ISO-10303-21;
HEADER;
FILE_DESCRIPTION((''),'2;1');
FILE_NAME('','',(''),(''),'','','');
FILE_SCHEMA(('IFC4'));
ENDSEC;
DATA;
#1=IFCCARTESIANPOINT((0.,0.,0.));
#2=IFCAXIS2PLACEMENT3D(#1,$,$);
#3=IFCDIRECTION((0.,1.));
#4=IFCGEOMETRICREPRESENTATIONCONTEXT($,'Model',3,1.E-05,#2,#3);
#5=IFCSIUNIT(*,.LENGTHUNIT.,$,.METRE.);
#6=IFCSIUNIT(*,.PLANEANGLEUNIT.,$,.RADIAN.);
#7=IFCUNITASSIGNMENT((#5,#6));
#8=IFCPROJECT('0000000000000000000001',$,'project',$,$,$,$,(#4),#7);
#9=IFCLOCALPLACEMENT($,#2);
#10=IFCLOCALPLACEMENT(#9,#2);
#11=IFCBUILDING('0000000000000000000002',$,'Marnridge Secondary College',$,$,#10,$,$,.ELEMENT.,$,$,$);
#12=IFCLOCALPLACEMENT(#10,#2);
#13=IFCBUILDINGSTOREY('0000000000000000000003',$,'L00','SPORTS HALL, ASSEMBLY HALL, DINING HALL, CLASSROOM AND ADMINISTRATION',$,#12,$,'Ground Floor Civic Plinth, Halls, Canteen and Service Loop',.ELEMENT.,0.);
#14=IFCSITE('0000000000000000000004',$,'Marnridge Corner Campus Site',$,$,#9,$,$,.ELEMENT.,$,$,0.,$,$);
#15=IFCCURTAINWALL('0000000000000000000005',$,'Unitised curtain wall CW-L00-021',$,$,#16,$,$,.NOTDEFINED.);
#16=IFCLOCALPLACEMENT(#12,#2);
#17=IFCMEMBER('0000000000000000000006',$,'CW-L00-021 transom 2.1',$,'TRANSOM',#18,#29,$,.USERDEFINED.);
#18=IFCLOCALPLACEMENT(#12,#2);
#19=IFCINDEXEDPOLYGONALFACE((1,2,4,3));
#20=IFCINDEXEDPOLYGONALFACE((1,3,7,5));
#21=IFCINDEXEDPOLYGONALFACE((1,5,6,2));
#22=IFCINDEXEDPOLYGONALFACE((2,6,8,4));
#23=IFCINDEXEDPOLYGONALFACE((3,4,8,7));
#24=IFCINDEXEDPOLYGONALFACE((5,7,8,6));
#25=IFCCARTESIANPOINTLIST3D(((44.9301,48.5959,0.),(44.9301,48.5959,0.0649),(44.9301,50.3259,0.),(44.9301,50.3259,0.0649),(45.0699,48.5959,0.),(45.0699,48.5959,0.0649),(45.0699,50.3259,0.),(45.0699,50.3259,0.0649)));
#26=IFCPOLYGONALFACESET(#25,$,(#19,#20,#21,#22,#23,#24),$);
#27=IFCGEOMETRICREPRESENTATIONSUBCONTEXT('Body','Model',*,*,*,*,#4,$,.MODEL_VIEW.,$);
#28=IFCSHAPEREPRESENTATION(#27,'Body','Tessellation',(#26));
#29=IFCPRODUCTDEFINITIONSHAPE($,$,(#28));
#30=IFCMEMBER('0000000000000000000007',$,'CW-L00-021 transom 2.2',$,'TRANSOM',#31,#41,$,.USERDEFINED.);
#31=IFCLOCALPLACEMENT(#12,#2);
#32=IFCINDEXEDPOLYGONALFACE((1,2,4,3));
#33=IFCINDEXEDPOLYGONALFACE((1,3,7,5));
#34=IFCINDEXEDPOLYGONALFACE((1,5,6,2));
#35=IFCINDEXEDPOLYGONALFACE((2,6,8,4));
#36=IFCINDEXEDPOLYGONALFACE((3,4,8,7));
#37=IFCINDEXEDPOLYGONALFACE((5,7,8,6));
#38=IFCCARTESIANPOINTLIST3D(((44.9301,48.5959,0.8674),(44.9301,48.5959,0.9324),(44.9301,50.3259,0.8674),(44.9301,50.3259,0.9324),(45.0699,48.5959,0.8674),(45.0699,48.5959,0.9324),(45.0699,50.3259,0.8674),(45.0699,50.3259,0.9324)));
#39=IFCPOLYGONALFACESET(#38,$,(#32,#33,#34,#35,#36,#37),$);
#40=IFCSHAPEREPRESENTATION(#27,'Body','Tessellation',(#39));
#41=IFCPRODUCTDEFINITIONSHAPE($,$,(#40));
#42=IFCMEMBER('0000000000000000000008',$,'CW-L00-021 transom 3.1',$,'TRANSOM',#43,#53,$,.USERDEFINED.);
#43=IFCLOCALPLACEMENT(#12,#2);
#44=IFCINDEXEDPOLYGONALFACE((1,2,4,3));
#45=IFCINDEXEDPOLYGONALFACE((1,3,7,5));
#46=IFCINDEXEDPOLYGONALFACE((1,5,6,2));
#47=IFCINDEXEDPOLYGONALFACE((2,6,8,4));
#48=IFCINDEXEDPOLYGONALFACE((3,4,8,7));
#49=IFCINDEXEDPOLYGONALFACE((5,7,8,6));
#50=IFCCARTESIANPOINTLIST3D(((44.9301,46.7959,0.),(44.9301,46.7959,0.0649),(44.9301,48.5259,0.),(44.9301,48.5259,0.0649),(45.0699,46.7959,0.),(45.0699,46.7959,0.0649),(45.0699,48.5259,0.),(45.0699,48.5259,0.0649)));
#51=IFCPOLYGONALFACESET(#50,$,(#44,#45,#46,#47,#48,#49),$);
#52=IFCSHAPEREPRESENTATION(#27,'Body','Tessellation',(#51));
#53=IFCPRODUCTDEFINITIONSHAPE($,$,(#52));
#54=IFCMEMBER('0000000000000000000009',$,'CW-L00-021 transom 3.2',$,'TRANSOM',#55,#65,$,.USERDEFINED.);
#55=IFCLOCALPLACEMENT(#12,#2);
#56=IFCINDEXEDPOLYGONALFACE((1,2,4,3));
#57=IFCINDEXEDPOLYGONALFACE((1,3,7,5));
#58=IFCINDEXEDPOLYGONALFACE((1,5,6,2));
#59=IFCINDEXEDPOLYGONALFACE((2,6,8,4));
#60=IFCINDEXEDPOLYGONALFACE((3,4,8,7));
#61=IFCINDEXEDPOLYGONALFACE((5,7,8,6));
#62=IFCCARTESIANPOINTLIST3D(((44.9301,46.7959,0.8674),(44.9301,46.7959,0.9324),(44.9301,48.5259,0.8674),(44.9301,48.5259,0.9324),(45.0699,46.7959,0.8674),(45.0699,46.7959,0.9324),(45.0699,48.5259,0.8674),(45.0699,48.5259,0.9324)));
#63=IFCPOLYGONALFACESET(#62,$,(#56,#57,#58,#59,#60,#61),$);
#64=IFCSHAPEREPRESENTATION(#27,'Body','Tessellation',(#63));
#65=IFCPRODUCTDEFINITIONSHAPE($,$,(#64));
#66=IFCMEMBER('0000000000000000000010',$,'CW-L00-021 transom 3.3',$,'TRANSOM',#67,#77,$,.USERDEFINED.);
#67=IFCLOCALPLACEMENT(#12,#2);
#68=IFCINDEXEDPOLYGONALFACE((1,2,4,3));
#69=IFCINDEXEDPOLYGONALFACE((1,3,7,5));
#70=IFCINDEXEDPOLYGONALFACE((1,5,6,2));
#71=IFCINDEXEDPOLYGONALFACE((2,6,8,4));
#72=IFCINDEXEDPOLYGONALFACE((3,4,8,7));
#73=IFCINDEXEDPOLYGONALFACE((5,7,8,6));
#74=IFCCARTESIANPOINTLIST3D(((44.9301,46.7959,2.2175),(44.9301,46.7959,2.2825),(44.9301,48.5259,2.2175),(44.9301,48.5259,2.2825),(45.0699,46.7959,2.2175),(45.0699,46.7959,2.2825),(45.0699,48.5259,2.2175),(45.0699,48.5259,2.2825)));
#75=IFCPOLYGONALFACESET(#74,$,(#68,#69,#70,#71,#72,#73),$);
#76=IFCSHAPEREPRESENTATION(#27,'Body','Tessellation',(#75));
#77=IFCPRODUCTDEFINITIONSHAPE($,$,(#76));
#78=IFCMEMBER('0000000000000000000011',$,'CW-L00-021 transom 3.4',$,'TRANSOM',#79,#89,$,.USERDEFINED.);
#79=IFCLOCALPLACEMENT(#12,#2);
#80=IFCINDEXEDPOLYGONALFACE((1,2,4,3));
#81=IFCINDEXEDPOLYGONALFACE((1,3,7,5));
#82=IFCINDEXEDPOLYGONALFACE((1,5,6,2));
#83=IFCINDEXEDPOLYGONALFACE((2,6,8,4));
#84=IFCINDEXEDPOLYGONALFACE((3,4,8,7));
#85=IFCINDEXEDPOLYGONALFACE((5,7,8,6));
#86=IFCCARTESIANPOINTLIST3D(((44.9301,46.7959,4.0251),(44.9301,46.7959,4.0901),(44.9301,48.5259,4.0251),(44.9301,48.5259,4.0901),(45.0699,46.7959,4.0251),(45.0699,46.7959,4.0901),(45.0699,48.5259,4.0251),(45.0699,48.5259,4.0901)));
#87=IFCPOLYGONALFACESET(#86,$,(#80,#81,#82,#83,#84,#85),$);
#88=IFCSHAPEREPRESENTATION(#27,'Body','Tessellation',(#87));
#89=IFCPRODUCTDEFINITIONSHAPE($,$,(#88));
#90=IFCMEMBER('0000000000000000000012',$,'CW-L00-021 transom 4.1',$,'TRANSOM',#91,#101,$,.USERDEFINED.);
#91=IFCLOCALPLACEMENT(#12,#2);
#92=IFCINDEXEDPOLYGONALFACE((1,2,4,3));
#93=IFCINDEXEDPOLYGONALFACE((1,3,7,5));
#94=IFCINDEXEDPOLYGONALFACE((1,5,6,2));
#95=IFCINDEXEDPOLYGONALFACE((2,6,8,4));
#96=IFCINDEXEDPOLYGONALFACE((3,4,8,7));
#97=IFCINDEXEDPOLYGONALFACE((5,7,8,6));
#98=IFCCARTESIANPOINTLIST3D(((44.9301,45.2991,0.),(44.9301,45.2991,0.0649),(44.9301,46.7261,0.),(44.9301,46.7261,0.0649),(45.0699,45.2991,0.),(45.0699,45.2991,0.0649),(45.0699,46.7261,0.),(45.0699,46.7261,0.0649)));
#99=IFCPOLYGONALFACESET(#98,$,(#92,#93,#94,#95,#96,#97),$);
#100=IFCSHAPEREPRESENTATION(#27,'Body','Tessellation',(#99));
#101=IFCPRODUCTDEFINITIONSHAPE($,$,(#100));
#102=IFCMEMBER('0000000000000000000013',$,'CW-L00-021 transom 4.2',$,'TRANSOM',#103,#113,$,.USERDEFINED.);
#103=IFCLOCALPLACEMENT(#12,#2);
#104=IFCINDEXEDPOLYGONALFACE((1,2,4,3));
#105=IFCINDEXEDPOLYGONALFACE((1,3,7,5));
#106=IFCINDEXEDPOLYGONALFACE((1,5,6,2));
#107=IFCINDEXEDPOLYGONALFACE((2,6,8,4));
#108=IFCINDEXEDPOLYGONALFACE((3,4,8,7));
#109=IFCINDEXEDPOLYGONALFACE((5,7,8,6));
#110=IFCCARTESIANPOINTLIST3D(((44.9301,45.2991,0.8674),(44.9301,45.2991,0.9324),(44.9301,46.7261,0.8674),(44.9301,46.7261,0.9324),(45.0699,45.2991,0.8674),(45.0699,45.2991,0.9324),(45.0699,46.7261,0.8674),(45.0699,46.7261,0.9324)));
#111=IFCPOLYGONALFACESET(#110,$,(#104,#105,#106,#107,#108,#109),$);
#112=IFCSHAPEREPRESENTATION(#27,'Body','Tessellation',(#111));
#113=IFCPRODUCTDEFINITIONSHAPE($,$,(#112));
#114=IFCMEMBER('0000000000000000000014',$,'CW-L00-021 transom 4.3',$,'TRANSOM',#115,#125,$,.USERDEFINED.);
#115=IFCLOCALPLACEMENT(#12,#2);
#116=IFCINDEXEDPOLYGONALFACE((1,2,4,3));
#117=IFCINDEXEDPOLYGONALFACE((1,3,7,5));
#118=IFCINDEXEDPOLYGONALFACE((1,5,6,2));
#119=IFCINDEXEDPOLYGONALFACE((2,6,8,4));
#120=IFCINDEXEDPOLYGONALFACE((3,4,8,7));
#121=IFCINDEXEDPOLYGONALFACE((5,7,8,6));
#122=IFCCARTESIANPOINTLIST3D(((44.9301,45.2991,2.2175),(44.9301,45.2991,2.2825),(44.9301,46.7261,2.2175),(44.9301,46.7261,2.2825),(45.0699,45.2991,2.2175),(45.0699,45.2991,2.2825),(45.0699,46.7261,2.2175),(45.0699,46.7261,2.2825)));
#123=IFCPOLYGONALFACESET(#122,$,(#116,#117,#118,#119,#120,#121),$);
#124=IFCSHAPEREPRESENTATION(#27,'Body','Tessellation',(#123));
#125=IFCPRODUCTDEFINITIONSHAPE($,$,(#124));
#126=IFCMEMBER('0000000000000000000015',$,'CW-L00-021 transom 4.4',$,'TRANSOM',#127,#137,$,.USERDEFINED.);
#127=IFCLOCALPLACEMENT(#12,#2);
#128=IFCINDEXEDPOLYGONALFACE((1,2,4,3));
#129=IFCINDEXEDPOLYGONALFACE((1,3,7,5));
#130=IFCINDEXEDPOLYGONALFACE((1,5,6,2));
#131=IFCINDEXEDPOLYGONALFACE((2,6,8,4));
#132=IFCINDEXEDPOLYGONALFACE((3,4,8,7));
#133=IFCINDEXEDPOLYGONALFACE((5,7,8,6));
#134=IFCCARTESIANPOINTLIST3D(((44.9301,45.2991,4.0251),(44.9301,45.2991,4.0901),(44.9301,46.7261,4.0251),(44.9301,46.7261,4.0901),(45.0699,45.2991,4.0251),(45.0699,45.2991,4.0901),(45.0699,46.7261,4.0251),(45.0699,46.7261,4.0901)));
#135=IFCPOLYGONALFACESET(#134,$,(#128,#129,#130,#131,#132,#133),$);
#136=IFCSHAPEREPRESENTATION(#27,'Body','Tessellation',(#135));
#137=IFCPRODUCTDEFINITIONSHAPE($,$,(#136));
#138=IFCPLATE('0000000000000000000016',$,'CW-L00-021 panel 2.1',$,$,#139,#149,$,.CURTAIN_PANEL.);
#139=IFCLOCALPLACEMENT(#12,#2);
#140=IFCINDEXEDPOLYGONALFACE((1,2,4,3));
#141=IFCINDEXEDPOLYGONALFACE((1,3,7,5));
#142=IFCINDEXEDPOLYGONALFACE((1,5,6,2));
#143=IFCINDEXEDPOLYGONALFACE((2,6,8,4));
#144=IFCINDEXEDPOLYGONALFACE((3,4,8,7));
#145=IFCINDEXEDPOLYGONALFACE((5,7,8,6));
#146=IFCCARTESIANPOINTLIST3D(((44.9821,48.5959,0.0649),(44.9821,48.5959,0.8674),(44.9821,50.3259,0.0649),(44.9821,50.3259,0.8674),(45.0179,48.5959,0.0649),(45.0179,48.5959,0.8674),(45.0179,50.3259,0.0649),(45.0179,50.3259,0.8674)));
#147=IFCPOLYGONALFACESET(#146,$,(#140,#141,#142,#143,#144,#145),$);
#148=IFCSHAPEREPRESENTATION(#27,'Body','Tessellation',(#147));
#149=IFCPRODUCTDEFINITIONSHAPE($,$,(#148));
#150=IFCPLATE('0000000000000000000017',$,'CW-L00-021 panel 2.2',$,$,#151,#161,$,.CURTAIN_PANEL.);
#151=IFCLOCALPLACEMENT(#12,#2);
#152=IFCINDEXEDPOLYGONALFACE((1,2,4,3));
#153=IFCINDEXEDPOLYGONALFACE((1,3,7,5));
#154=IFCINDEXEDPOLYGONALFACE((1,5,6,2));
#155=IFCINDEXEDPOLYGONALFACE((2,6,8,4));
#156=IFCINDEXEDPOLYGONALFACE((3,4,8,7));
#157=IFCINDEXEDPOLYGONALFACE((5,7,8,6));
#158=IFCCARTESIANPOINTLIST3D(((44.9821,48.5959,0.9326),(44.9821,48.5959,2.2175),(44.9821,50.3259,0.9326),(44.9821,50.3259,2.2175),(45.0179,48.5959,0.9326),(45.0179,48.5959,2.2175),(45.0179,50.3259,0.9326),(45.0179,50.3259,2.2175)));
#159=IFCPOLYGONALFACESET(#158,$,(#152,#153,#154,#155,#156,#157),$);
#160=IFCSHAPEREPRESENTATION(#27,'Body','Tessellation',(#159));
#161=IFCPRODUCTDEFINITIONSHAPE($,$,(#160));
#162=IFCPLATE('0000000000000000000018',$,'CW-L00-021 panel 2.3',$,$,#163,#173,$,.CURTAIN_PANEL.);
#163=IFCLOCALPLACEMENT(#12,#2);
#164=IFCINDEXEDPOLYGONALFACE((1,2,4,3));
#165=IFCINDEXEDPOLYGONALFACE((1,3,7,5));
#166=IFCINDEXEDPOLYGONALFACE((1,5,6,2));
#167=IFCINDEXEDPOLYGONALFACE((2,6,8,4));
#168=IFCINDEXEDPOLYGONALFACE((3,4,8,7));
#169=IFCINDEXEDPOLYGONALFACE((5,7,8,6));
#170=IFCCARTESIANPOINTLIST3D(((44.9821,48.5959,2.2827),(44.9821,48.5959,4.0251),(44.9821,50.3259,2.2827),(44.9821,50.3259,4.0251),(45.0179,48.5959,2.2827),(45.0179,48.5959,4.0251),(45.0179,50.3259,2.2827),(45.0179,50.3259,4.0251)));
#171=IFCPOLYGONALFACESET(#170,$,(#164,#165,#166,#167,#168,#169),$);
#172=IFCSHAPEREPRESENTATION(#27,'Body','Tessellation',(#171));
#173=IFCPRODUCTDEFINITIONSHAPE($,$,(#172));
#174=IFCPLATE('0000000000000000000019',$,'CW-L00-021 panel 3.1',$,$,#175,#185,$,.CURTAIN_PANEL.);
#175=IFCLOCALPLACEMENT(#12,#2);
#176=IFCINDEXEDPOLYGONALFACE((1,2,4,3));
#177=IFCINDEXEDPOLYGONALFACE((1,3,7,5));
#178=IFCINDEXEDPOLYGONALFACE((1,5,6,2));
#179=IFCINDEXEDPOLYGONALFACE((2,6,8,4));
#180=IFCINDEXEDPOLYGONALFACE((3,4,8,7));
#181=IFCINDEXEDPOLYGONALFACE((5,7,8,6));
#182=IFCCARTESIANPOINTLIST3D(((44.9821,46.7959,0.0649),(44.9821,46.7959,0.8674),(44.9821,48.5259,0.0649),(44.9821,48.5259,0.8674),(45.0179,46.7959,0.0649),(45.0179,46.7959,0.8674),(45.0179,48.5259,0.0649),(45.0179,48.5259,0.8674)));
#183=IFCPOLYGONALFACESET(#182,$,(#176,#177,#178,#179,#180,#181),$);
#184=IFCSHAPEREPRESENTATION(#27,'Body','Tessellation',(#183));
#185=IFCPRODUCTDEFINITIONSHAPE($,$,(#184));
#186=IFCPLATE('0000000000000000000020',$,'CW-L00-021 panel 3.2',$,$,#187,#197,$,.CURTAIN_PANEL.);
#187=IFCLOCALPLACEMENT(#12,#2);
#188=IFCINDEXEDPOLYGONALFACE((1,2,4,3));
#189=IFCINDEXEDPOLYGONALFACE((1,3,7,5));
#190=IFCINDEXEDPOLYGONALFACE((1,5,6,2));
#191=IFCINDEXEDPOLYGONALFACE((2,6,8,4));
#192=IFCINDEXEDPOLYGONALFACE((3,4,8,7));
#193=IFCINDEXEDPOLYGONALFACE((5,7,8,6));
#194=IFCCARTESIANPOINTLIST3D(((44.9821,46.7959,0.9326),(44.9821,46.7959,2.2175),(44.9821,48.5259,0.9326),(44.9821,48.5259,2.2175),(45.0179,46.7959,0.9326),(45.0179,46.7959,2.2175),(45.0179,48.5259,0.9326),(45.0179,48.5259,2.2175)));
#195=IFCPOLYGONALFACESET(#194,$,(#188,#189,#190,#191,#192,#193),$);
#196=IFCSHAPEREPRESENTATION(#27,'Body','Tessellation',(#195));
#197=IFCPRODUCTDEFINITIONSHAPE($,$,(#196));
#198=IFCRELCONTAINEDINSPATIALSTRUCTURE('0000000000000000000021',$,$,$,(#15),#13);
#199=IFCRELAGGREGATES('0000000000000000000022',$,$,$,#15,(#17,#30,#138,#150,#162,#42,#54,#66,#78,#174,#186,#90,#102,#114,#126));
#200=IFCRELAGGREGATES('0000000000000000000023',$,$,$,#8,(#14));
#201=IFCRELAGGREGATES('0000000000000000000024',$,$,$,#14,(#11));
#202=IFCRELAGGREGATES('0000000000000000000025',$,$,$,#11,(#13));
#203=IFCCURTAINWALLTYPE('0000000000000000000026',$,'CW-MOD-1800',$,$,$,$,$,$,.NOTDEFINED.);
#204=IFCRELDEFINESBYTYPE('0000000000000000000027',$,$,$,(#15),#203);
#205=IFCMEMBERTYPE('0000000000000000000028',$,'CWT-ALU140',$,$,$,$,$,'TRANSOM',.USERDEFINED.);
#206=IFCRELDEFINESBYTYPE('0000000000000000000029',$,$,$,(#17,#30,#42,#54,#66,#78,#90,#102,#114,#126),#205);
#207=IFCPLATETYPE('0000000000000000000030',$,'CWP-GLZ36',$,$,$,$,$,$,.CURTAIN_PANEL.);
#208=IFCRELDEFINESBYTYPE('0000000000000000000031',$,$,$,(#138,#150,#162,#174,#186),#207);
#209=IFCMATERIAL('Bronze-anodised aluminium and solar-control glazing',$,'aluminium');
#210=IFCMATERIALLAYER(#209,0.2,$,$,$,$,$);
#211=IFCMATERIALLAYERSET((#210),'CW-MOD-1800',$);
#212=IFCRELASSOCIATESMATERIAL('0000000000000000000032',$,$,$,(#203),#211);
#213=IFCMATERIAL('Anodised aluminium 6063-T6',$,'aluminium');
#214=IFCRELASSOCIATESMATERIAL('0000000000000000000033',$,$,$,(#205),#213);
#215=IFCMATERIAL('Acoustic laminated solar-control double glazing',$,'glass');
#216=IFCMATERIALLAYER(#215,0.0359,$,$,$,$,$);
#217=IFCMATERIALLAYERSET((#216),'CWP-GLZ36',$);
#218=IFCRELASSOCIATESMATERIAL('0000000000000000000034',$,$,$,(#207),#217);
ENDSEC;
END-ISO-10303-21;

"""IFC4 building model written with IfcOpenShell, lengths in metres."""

from ifc_helpers import new_model, si_unit, direction, frame, origin, origin_2d, place, context, subcontext, project, spatial, rectangle, extrude, material, layer, layer_set, material_profile, profile_set, type_object, element, aggregate, save


model = new_model("IFC4")

# Units and contexts
model_context = context("Model", 3, precision=1e-05, world=origin(), true_north=direction((0.0, 1.0)))
body_context = subcontext(model_context, "Body", "Model", "MODEL_VIEW")
ifc_project = project(units=[si_unit("LENGTHUNIT", "METRE"), si_unit("PLANEANGLEUNIT", "RADIAN")], contexts=[model_context])

# Site, building, storey
site_placement = place(None, origin())
site = spatial("IfcSite", under=ifc_project, at=site_placement, Name="Marnridge Corner Campus Site", CompositionType="ELEMENT", RefElevation=0.0)
building_placement = place(site_placement, origin())
building = spatial("IfcBuilding", under=site, at=building_placement, Name="Marnridge Secondary College", CompositionType="ELEMENT")
storey_placement = place(building_placement, origin())
storey = spatial("IfcBuildingStorey", under=building, at=storey_placement, Name="L00", Description="SPORTS HALL, ASSEMBLY HALL, DINING HALL, CLASSROOM AND ADMINISTRATION", LongName="Ground Floor Civic Plinth, Halls, Canteen and Service Loop", CompositionType="ELEMENT", Elevation=0.0)

# Curtain wall, members, plates
ifc_material_1 = material(Name="Bronze-anodised aluminium and solar-control glazing", Category="aluminium")
ifc_layer_1 = layer(ifc_material_1, 0.2)
ifc_layer_set_1 = layer_set([ifc_layer_1], Name="CW-MOD-1800")
curtain_wall_type = type_object("IfcCurtainWallType", Name="CW-MOD-1800", PredefinedType="NOTDEFINED", material=ifc_layer_set_1)
curtain_wall_placement = place(storey_placement, origin())
curtain_wall = element("IfcCurtainWall", 1, at=curtain_wall_placement, inside=storey, type_object=curtain_wall_type, Name="Unitised curtain wall CW-L00-021", PredefinedType="NOTDEFINED")
ifc_material_2 = material(Name="Anodised aluminium 6063-T6", Category="aluminium")
ifc_material_profile_1 = material_profile(ifc_material_2, rectangle(XDim=0.0649, YDim=0.1399, at=origin_2d()), Name="ALU 65x140")
ifc_profile_set_1 = profile_set([ifc_material_profile_1], Name="Anodised aluminium 6063-T6")
member_type_1 = type_object("IfcMemberType", Name="CWT-ALU140", ElementType="TRANSOM", PredefinedType="USERDEFINED", material=ifc_profile_set_1)
member_1_placement = place(storey_placement, frame((45.0, 50.3259, 0.0325), z_axis=(0.0, -1.0, 0.0), x_axis=(0.0, 0.0, 1.0)))
member_1 = element("IfcMember", 2, at=member_1_placement, type_object=member_type_1, Name="CW-L00-021 transom 2.1", ObjectType="TRANSOM", PredefinedType="USERDEFINED", context=body_context, shape_type="SweptSolid", body=[
    extrude(rectangle(XDim=0.0649, YDim=0.1399, at=origin_2d()), origin(), (0.0, 0.0, 1.0), 1.73),
])
member_2_placement = place(storey_placement, frame((45.0, 50.3259, 0.8999), z_axis=(0.0, -1.0, 0.0), x_axis=(0.0, 0.0, 1.0)))
member_2 = element("IfcMember", 3, at=member_2_placement, type_object=member_type_1, Name="CW-L00-021 transom 2.2", ObjectType="TRANSOM", PredefinedType="USERDEFINED", context=body_context, shape_type="SweptSolid", body=[
    extrude(rectangle(XDim=0.0649, YDim=0.1399, at=origin_2d()), origin(), (0.0, 0.0, 1.0), 1.73),
])
member_3_placement = place(storey_placement, frame((45.0, 48.5259, 0.0325), z_axis=(0.0, -1.0, 0.0), x_axis=(0.0, 0.0, 1.0)))
member_3 = element("IfcMember", 4, at=member_3_placement, type_object=member_type_1, Name="CW-L00-021 transom 3.1", ObjectType="TRANSOM", PredefinedType="USERDEFINED", context=body_context, shape_type="SweptSolid", body=[
    extrude(rectangle(XDim=0.0649, YDim=0.1399, at=origin_2d()), origin(), (0.0, 0.0, 1.0), 1.73),
])
member_4_placement = place(storey_placement, frame((45.0, 48.5259, 0.8999), z_axis=(0.0, -1.0, 0.0), x_axis=(0.0, 0.0, 1.0)))
member_4 = element("IfcMember", 5, at=member_4_placement, type_object=member_type_1, Name="CW-L00-021 transom 3.2", ObjectType="TRANSOM", PredefinedType="USERDEFINED", context=body_context, shape_type="SweptSolid", body=[
    extrude(rectangle(XDim=0.0649, YDim=0.1399, at=origin_2d()), origin(), (0.0, 0.0, 1.0), 1.73),
])
member_5_placement = place(storey_placement, frame((45.0, 48.5259, 2.25), z_axis=(0.0, -1.0, 0.0), x_axis=(0.0, 0.0, 1.0)))
member_5 = element("IfcMember", 6, at=member_5_placement, type_object=member_type_1, Name="CW-L00-021 transom 3.3", ObjectType="TRANSOM", PredefinedType="USERDEFINED", context=body_context, shape_type="SweptSolid", body=[
    extrude(rectangle(XDim=0.0649, YDim=0.1399, at=origin_2d()), origin(), (0.0, 0.0, 1.0), 1.73),
])
member_6_placement = place(storey_placement, frame((45.0, 48.5259, 4.0576), z_axis=(0.0, -1.0, 0.0), x_axis=(0.0, 0.0, 1.0)))
member_6 = element("IfcMember", 7, at=member_6_placement, type_object=member_type_1, Name="CW-L00-021 transom 3.4", ObjectType="TRANSOM", PredefinedType="USERDEFINED", context=body_context, shape_type="SweptSolid", body=[
    extrude(rectangle(XDim=0.0649, YDim=0.1399, at=origin_2d()), origin(), (0.0, 0.0, 1.0), 1.73),
])
member_7_placement = place(storey_placement, frame((45.0, 46.7261, 0.0325), z_axis=(0.0, -1.0, 0.0), x_axis=(0.0, 0.0, 1.0)))
member_7 = element("IfcMember", 8, at=member_7_placement, type_object=member_type_1, Name="CW-L00-021 transom 4.1", ObjectType="TRANSOM", PredefinedType="USERDEFINED", context=body_context, shape_type="SweptSolid", body=[
    extrude(rectangle(XDim=0.0649, YDim=0.1399, at=origin_2d()), origin(), (0.0, 0.0, 1.0), 1.427),
])
member_8_placement = place(storey_placement, frame((45.0, 46.7261, 0.8999), z_axis=(0.0, -1.0, 0.0), x_axis=(0.0, 0.0, 1.0)))
member_8 = element("IfcMember", 9, at=member_8_placement, type_object=member_type_1, Name="CW-L00-021 transom 4.2", ObjectType="TRANSOM", PredefinedType="USERDEFINED", context=body_context, shape_type="SweptSolid", body=[
    extrude(rectangle(XDim=0.0649, YDim=0.1399, at=origin_2d()), origin(), (0.0, 0.0, 1.0), 1.427),
])
member_9_placement = place(storey_placement, frame((45.0, 46.7261, 2.25), z_axis=(0.0, -1.0, 0.0), x_axis=(0.0, 0.0, 1.0)))
member_9 = element("IfcMember", 10, at=member_9_placement, type_object=member_type_1, Name="CW-L00-021 transom 4.3", ObjectType="TRANSOM", PredefinedType="USERDEFINED", context=body_context, shape_type="SweptSolid", body=[
    extrude(rectangle(XDim=0.0649, YDim=0.1399, at=origin_2d()), origin(), (0.0, 0.0, 1.0), 1.427),
])
member_10_placement = place(storey_placement, frame((45.0, 46.7261, 4.0576), z_axis=(0.0, -1.0, 0.0), x_axis=(0.0, 0.0, 1.0)))
member_10 = element("IfcMember", 11, at=member_10_placement, type_object=member_type_1, Name="CW-L00-021 transom 4.4", ObjectType="TRANSOM", PredefinedType="USERDEFINED", context=body_context, shape_type="SweptSolid", body=[
    extrude(rectangle(XDim=0.0649, YDim=0.1399, at=origin_2d()), origin(), (0.0, 0.0, 1.0), 1.427),
])
ifc_material_3 = material(Name="Acoustic laminated solar-control double glazing", Category="glass")
ifc_layer_2 = layer(ifc_material_3, 0.0359)
ifc_layer_set_2 = layer_set([ifc_layer_2], Name="CWP-GLZ36")
plate_type = type_object("IfcPlateType", Name="CWP-GLZ36", PredefinedType="CURTAIN_PANEL", material=ifc_layer_set_2)
plate_1_placement = place(storey_placement, frame((45.0, 49.4609, 0.0649), z_axis=(0.0, 0.0, 1.0), x_axis=(0.0, -1.0, 0.0)))
plate_1 = element("IfcPlate", 12, at=plate_1_placement, type_object=plate_type, Name="CW-L00-021 panel 2.1", PredefinedType="CURTAIN_PANEL", context=body_context, shape_type="SweptSolid", body=[
    extrude(rectangle(XDim=1.73, YDim=0.0359, at=origin_2d()), origin(), (0.0, 0.0, 1.0), 0.8025),
])
plate_2_placement = place(storey_placement, frame((45.0, 49.4609, 0.9326), z_axis=(0.0, 0.0, 1.0), x_axis=(0.0, -1.0, 0.0)))
plate_2 = element("IfcPlate", 13, at=plate_2_placement, type_object=plate_type, Name="CW-L00-021 panel 2.2", PredefinedType="CURTAIN_PANEL", context=body_context, shape_type="SweptSolid", body=[
    extrude(rectangle(XDim=1.73, YDim=0.0359, at=origin_2d()), origin(), (0.0, 0.0, 1.0), 1.2849),
])
plate_3_placement = place(storey_placement, frame((45.0, 49.4609, 2.2827), z_axis=(0.0, 0.0, 1.0), x_axis=(0.0, -1.0, 0.0)))
plate_3 = element("IfcPlate", 14, at=plate_3_placement, type_object=plate_type, Name="CW-L00-021 panel 2.3", PredefinedType="CURTAIN_PANEL", context=body_context, shape_type="SweptSolid", body=[
    extrude(rectangle(XDim=1.73, YDim=0.0359, at=origin_2d()), origin(), (0.0, 0.0, 1.0), 1.7424),
])
plate_4_placement = place(storey_placement, frame((45.0, 47.6609, 0.0649), z_axis=(0.0, 0.0, 1.0), x_axis=(0.0, -1.0, 0.0)))
plate_4 = element("IfcPlate", 15, at=plate_4_placement, type_object=plate_type, Name="CW-L00-021 panel 3.1", PredefinedType="CURTAIN_PANEL", context=body_context, shape_type="SweptSolid", body=[
    extrude(rectangle(XDim=1.73, YDim=0.0359, at=origin_2d()), origin(), (0.0, 0.0, 1.0), 0.8025),
])
plate_5_placement = place(storey_placement, frame((45.0, 47.6609, 0.9326), z_axis=(0.0, 0.0, 1.0), x_axis=(0.0, -1.0, 0.0)))
plate_5 = element("IfcPlate", 16, at=plate_5_placement, type_object=plate_type, Name="CW-L00-021 panel 3.2", PredefinedType="CURTAIN_PANEL", context=body_context, shape_type="SweptSolid", body=[
    extrude(rectangle(XDim=1.73, YDim=0.0359, at=origin_2d()), origin(), (0.0, 0.0, 1.0), 1.2849),
])
aggregate(curtain_wall, [member_1, member_2, plate_1, plate_2, plate_3, member_3, member_4, member_5, member_6, plate_4, plate_5, member_7, member_8, member_9, member_10])

save(model, "model.ifc")
